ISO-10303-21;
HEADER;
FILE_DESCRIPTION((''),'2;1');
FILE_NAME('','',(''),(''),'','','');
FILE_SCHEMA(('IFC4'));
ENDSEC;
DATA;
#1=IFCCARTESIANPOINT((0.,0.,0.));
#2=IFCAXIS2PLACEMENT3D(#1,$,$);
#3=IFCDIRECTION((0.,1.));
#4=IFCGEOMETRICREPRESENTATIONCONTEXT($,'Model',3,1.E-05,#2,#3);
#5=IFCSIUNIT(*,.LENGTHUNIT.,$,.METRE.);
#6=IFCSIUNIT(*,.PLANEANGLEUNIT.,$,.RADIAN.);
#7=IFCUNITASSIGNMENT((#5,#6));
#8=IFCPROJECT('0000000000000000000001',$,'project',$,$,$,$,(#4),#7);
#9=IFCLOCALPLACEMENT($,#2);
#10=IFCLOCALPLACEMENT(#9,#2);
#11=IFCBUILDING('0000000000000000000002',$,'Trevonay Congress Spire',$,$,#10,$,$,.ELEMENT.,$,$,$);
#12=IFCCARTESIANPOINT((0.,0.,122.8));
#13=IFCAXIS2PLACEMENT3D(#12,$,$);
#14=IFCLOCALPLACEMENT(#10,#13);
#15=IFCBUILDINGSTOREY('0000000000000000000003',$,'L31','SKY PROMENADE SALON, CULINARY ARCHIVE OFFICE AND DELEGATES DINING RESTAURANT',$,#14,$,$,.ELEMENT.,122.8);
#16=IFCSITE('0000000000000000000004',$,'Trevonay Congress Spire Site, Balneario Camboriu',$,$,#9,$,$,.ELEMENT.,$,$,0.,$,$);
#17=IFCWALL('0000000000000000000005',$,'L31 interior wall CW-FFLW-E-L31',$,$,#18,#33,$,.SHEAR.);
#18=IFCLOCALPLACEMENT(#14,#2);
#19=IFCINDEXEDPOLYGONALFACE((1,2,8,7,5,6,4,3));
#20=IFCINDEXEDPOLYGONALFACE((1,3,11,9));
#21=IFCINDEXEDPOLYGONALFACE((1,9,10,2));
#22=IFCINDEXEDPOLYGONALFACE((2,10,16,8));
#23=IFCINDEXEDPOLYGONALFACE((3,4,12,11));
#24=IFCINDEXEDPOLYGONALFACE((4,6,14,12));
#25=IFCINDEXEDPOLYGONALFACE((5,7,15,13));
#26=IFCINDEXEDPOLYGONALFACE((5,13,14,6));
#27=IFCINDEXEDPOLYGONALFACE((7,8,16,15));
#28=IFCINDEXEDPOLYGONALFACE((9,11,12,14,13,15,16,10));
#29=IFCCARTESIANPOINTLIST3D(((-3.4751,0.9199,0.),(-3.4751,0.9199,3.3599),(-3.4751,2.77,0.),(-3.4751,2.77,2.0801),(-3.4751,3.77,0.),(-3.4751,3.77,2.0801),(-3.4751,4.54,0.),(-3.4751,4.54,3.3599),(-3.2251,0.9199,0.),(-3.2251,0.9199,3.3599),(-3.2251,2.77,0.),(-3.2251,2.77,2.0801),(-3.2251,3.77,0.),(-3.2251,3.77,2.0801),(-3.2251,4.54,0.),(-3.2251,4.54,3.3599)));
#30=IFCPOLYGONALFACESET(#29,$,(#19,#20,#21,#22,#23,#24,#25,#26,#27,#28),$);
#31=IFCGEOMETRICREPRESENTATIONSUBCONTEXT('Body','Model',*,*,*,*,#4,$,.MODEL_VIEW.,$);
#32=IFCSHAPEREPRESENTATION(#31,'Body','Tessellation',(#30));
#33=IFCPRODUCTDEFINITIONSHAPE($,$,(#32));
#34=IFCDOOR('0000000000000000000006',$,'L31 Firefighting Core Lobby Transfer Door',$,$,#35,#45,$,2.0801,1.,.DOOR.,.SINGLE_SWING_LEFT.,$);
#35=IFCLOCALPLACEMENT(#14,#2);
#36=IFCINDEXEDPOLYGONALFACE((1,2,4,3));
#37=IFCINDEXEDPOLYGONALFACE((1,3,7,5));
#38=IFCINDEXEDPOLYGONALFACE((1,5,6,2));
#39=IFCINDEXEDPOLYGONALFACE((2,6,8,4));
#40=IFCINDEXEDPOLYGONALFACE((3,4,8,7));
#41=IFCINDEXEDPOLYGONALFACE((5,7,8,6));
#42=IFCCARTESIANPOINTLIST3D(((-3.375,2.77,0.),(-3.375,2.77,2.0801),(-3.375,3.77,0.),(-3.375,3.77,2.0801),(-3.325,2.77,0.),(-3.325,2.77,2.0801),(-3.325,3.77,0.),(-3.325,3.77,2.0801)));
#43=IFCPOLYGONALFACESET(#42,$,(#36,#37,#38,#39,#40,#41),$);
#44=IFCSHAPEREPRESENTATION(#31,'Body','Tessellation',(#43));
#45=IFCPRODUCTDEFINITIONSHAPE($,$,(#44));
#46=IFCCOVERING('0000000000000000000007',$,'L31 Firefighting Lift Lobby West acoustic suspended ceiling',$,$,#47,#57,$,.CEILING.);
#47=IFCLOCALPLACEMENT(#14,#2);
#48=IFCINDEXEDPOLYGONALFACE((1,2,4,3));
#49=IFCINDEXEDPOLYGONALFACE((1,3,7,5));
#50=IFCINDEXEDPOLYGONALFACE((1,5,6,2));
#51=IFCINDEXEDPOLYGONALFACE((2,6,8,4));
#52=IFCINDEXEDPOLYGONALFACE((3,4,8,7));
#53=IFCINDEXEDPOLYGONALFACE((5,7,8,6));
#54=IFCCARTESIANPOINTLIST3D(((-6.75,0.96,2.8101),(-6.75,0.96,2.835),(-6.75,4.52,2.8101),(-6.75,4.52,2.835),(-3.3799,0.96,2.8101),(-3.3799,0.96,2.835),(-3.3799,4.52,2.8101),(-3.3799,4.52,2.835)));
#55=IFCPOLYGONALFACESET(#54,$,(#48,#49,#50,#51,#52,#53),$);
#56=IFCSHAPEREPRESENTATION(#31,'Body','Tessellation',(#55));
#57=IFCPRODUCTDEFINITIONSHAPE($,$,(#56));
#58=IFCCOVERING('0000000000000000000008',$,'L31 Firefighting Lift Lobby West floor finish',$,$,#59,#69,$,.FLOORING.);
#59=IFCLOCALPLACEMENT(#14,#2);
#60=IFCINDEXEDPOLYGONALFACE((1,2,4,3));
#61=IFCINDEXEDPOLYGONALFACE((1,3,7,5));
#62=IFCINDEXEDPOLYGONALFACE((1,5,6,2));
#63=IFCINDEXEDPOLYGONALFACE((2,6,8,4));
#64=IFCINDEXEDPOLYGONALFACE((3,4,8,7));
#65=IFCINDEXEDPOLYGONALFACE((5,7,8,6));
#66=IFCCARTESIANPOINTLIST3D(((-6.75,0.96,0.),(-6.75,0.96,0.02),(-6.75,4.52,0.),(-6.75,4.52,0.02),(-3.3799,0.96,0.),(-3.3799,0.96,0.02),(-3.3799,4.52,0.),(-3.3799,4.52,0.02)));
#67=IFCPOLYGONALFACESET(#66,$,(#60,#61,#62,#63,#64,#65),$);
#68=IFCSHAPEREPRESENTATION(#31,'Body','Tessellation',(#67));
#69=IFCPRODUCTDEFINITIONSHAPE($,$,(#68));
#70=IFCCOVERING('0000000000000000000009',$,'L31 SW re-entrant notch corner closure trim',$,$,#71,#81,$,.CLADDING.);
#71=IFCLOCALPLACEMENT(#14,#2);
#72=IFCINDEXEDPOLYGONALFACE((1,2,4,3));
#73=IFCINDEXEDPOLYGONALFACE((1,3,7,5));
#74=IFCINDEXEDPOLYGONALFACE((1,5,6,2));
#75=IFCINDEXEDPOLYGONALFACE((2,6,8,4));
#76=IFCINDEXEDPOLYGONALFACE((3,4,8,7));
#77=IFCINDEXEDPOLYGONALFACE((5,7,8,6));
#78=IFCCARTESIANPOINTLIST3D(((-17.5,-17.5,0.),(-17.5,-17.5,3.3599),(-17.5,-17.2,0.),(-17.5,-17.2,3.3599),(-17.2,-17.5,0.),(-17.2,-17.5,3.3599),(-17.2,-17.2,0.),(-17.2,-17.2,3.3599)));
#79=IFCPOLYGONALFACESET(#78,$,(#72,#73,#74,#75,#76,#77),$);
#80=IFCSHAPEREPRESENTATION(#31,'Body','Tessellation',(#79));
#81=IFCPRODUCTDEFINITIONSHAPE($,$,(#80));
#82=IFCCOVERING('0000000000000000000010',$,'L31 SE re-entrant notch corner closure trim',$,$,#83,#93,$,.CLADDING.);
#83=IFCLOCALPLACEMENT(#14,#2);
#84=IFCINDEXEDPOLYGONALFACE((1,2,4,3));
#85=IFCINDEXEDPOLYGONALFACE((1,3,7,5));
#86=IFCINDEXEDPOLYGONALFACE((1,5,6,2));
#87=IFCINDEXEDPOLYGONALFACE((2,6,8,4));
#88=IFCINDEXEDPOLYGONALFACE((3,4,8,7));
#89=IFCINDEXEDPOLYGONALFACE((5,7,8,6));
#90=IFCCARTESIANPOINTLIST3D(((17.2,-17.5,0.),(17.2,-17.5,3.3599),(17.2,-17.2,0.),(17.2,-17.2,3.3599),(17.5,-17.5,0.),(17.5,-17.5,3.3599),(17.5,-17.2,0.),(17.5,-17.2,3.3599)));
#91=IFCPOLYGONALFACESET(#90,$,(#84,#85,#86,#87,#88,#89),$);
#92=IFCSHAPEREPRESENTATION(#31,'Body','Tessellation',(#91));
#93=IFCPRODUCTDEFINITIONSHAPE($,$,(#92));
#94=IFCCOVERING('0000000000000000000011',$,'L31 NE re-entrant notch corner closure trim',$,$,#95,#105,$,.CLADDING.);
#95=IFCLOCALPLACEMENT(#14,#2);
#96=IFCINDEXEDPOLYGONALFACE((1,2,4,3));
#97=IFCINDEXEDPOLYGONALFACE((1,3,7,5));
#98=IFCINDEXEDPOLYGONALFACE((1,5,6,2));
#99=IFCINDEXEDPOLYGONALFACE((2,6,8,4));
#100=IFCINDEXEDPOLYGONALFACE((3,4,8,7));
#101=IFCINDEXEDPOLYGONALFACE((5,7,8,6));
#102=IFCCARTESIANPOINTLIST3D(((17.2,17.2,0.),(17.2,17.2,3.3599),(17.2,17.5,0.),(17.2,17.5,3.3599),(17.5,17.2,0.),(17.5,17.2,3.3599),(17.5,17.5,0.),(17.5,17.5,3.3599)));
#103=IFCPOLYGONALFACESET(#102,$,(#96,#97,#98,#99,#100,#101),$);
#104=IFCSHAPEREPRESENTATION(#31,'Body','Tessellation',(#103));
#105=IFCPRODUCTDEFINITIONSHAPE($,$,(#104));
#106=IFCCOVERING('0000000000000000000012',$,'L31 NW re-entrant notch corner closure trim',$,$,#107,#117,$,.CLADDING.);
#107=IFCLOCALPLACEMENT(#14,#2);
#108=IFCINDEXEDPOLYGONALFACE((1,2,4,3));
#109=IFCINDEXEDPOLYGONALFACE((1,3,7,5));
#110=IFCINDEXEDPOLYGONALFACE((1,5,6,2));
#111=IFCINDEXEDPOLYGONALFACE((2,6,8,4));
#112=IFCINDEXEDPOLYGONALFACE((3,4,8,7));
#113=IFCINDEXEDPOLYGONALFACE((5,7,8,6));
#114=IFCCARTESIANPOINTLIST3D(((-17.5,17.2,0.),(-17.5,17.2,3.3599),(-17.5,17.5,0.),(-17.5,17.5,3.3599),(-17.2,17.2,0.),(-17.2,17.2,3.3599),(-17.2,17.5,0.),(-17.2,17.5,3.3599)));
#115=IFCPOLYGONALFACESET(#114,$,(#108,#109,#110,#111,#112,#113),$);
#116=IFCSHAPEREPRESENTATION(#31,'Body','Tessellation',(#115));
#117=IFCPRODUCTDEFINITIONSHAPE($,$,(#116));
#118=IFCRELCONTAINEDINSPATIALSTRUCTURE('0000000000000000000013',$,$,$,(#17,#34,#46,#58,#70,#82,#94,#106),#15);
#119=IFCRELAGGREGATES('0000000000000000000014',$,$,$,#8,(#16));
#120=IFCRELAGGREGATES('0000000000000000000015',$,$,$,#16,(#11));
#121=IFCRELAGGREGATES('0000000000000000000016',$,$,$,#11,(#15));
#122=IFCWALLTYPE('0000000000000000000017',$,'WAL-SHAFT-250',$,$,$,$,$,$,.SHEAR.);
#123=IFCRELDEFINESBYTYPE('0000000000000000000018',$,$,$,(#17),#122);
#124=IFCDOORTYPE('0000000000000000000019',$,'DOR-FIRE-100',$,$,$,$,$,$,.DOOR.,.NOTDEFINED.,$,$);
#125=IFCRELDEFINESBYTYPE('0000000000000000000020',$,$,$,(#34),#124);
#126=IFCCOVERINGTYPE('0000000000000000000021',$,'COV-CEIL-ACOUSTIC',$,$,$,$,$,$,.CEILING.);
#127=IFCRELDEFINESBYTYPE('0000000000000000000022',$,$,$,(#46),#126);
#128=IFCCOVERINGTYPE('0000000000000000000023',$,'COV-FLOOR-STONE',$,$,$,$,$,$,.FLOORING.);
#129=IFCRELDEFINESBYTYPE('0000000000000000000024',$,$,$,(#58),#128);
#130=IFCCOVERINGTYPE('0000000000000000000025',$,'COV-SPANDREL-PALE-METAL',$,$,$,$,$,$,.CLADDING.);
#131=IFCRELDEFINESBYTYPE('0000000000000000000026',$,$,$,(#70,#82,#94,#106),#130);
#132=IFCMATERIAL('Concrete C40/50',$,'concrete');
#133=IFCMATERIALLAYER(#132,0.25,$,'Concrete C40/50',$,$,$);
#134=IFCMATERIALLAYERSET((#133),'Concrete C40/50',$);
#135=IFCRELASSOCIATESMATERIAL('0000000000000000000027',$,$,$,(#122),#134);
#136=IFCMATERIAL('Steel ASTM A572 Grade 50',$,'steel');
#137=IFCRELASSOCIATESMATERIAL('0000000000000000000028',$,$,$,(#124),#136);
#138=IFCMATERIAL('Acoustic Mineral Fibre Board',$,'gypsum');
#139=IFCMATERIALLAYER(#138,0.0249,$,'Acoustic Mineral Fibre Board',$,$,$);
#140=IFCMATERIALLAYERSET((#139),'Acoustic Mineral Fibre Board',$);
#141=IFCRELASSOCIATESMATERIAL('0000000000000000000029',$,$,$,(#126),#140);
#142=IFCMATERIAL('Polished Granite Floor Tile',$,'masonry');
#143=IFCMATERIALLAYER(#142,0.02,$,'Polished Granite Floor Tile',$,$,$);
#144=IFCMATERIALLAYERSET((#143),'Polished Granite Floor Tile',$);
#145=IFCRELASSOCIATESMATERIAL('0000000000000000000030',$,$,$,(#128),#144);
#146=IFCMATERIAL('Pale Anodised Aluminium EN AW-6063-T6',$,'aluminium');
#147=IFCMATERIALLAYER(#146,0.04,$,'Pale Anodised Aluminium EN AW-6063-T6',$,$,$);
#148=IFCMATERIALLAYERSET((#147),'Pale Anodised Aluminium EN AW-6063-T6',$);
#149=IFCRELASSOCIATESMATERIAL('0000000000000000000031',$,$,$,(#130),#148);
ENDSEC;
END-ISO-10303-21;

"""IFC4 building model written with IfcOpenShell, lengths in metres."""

from ifc_helpers import new_model, si_unit, direction, frame, frame_2d, origin, place, context, subcontext, project, spatial, polyline, rectangle, outline, extrude, material, layer, layer_set, type_object, element, fill, save


model = new_model("IFC4")

# Units and contexts
model_context = context("Model", 3, precision=1e-05, world=origin(), true_north=direction((0.0, 1.0)))
body_context = subcontext(model_context, "Body", "Model", "MODEL_VIEW")
ifc_project = project(units=[si_unit("LENGTHUNIT", "METRE"), si_unit("PLANEANGLEUNIT", "RADIAN")], contexts=[model_context])

# Site, building, storey
site_placement = place(None, origin())
site = spatial("IfcSite", under=ifc_project, at=site_placement, Name="Trevonay Congress Spire Site, Balneario Camboriu", CompositionType="ELEMENT", RefElevation=0.0)
building_placement = place(site_placement, origin())
building = spatial("IfcBuilding", under=site, at=building_placement, Name="Trevonay Congress Spire", CompositionType="ELEMENT")
storey_placement = place(building_placement, frame((0.0, 0.0, 122.8)))
storey = spatial("IfcBuildingStorey", under=building, at=storey_placement, Name="L31", Description="SKY PROMENADE SALON, CULINARY ARCHIVE OFFICE AND DELEGATES DINING RESTAURANT", CompositionType="ELEMENT", Elevation=122.8)

# Shared definitions
ifc_material_1 = material(Name="Steel ASTM A572 Grade 50", Category="steel")

# Shared definitions
ifc_material_2 = material(Name="Concrete C40/50", Category="concrete")

# Shared definitions
ifc_layer_1 = layer(ifc_material_2, 0.25, Name="Concrete C40/50")
ifc_layer_set_1 = layer_set([ifc_layer_1], Name="Concrete C40/50")
wall_type_1 = type_object("IfcWallType", Name="WAL-SHAFT-250", PredefinedType="SHEAR", material=ifc_layer_set_1)
ifc_material_3 = material(Name="Pale Anodised Aluminium EN AW-6063-T6", Category="aluminium")

# Wall, opening, door
wall_1_placement = place(storey_placement, frame((-3.3501, 0.9199, 0.0), z_axis=(0.0, 0.0, 1.0), x_axis=(0.0, 1.0, 0.0)))
wall_1 = element("IfcWall", 1, at=wall_1_placement, inside=storey, type_object=wall_type_1, Name="L31 interior wall CW-FFLW-E-L31", PredefinedType="SHEAR", context=body_context, shape_type="SweptSolid", body=[
    extrude(rectangle(XDim=3.6201, YDim=0.25, at=frame_2d((1.8101, 0.0))), origin(), (0.0, 0.0, 1.0), 3.3599),
])
opening_1_placement = place(wall_1_placement, frame((1.8501, 0.0, 0.0)))
opening_1 = element("IfcOpeningElement", 2, at=opening_1_placement, cuts=wall_1, PredefinedType="OPENING", context=body_context, shape_type="SweptSolid", body=[
    extrude(rectangle(XDim=1.0, YDim=2.0801, at=frame_2d((0.5, 1.04))), frame((0.0, 0.135, 0.0), z_axis=(0.0, -1.0, 0.0), x_axis=(1.0, 0.0, 0.0)), (0.0, 0.0, 1.0), 0.27),
])
door_type_1 = type_object("IfcDoorType", Name="DOR-FIRE-100", OperationType="NOTDEFINED", PredefinedType="DOOR", material=ifc_material_1)
door_1_placement = place(opening_1_placement, origin())
door_1 = element("IfcDoor", 3, at=door_1_placement, inside=storey, type_object=door_type_1, Name="L31 Firefighting Core Lobby Transfer Door", OperationType="SINGLE_SWING_LEFT", OverallHeight=2.0801, OverallWidth=1.0, PredefinedType="DOOR", context=body_context, shape_type="SweptSolid", body=[
    extrude(rectangle(XDim=1.0, YDim=2.0801, at=frame_2d((0.5, 1.04))), frame((0.0, 0.0249, 0.0), z_axis=(0.0, -1.0, 0.0), x_axis=(1.0, 0.0, 0.0)), (0.0, 0.0, 1.0), 0.05),
])
fill(opening_1, door_1)

# Coverings
ifc_material_4 = material(Name="Acoustic Mineral Fibre Board", Category="gypsum")
ifc_layer_2 = layer(ifc_material_4, 0.0249, Name="Acoustic Mineral Fibre Board")
ifc_layer_set_2 = layer_set([ifc_layer_2], Name="Acoustic Mineral Fibre Board")
covering_type_1 = type_object("IfcCoveringType", Name="COV-CEIL-ACOUSTIC", PredefinedType="CEILING", material=ifc_layer_set_2)
covering_1_placement = place(storey_placement, frame((0.0, 0.0, 2.8101)))
element("IfcCovering", 4, at=covering_1_placement, inside=storey, type_object=covering_type_1, Name="L31 Firefighting Lift Lobby West acoustic suspended ceiling", PredefinedType="CEILING", context=body_context, shape_type="SweptSolid", body=[
    extrude(outline(polyline([(-6.75, 0.96), (-3.3799, 0.96), (-3.3799, 4.52), (-6.75, 4.52), (-6.75, 0.96)])), origin(), (0.0, 0.0, 1.0), 0.0249),
])
ifc_material_5 = material(Name="Polished Granite Floor Tile", Category="masonry")
ifc_layer_3 = layer(ifc_material_5, 0.02, Name="Polished Granite Floor Tile")
ifc_layer_set_3 = layer_set([ifc_layer_3], Name="Polished Granite Floor Tile")
covering_type_2 = type_object("IfcCoveringType", Name="COV-FLOOR-STONE", PredefinedType="FLOORING", material=ifc_layer_set_3)
covering_2_placement = place(storey_placement, origin())
element("IfcCovering", 5, at=covering_2_placement, inside=storey, type_object=covering_type_2, Name="L31 Firefighting Lift Lobby West floor finish", PredefinedType="FLOORING", context=body_context, shape_type="SweptSolid", body=[
    extrude(outline(polyline([(-6.75, 0.96), (-3.3799, 0.96), (-3.3799, 4.52), (-6.75, 4.52), (-6.75, 0.96)])), origin(), (0.0, 0.0, 1.0), 0.02),
])
ifc_layer_4 = layer(ifc_material_3, 0.04, Name="Pale Anodised Aluminium EN AW-6063-T6")
ifc_layer_set_4 = layer_set([ifc_layer_4], Name="Pale Anodised Aluminium EN AW-6063-T6")
covering_type_3 = type_object("IfcCoveringType", Name="COV-SPANDREL-PALE-METAL", PredefinedType="CLADDING", material=ifc_layer_set_4)
covering_3_placement = place(storey_placement, origin())
element("IfcCovering", 6, at=covering_3_placement, inside=storey, type_object=covering_type_3, Name="L31 SW re-entrant notch corner closure trim", PredefinedType="CLADDING", context=body_context, shape_type="SweptSolid", body=[
    extrude(outline(polyline([(-17.5, -17.5), (-17.2, -17.5), (-17.2, -17.2), (-17.5, -17.2), (-17.5, -17.5)])), origin(), (0.0, 0.0, 1.0), 3.3599),
])
covering_4_placement = place(storey_placement, origin())
element("IfcCovering", 7, at=covering_4_placement, inside=storey, type_object=covering_type_3, Name="L31 SE re-entrant notch corner closure trim", PredefinedType="CLADDING", context=body_context, shape_type="SweptSolid", body=[
    extrude(outline(polyline([(17.2, -17.5), (17.5, -17.5), (17.5, -17.2), (17.2, -17.2), (17.2, -17.5)])), origin(), (0.0, 0.0, 1.0), 3.3599),
])
covering_5_placement = place(storey_placement, origin())
element("IfcCovering", 8, at=covering_5_placement, inside=storey, type_object=covering_type_3, Name="L31 NE re-entrant notch corner closure trim", PredefinedType="CLADDING", context=body_context, shape_type="SweptSolid", body=[
    extrude(outline(polyline([(17.2, 17.2), (17.5, 17.2), (17.5, 17.5), (17.2, 17.5), (17.2, 17.2)])), origin(), (0.0, 0.0, 1.0), 3.3599),
])
covering_6_placement = place(storey_placement, origin())
element("IfcCovering", 9, at=covering_6_placement, inside=storey, type_object=covering_type_3, Name="L31 NW re-entrant notch corner closure trim", PredefinedType="CLADDING", context=body_context, shape_type="SweptSolid", body=[
    extrude(outline(polyline([(-17.5, 17.2), (-17.2, 17.2), (-17.2, 17.5), (-17.5, 17.5), (-17.5, 17.2)])), origin(), (0.0, 0.0, 1.0), 3.3599),
])

save(model, "model.ifc")
